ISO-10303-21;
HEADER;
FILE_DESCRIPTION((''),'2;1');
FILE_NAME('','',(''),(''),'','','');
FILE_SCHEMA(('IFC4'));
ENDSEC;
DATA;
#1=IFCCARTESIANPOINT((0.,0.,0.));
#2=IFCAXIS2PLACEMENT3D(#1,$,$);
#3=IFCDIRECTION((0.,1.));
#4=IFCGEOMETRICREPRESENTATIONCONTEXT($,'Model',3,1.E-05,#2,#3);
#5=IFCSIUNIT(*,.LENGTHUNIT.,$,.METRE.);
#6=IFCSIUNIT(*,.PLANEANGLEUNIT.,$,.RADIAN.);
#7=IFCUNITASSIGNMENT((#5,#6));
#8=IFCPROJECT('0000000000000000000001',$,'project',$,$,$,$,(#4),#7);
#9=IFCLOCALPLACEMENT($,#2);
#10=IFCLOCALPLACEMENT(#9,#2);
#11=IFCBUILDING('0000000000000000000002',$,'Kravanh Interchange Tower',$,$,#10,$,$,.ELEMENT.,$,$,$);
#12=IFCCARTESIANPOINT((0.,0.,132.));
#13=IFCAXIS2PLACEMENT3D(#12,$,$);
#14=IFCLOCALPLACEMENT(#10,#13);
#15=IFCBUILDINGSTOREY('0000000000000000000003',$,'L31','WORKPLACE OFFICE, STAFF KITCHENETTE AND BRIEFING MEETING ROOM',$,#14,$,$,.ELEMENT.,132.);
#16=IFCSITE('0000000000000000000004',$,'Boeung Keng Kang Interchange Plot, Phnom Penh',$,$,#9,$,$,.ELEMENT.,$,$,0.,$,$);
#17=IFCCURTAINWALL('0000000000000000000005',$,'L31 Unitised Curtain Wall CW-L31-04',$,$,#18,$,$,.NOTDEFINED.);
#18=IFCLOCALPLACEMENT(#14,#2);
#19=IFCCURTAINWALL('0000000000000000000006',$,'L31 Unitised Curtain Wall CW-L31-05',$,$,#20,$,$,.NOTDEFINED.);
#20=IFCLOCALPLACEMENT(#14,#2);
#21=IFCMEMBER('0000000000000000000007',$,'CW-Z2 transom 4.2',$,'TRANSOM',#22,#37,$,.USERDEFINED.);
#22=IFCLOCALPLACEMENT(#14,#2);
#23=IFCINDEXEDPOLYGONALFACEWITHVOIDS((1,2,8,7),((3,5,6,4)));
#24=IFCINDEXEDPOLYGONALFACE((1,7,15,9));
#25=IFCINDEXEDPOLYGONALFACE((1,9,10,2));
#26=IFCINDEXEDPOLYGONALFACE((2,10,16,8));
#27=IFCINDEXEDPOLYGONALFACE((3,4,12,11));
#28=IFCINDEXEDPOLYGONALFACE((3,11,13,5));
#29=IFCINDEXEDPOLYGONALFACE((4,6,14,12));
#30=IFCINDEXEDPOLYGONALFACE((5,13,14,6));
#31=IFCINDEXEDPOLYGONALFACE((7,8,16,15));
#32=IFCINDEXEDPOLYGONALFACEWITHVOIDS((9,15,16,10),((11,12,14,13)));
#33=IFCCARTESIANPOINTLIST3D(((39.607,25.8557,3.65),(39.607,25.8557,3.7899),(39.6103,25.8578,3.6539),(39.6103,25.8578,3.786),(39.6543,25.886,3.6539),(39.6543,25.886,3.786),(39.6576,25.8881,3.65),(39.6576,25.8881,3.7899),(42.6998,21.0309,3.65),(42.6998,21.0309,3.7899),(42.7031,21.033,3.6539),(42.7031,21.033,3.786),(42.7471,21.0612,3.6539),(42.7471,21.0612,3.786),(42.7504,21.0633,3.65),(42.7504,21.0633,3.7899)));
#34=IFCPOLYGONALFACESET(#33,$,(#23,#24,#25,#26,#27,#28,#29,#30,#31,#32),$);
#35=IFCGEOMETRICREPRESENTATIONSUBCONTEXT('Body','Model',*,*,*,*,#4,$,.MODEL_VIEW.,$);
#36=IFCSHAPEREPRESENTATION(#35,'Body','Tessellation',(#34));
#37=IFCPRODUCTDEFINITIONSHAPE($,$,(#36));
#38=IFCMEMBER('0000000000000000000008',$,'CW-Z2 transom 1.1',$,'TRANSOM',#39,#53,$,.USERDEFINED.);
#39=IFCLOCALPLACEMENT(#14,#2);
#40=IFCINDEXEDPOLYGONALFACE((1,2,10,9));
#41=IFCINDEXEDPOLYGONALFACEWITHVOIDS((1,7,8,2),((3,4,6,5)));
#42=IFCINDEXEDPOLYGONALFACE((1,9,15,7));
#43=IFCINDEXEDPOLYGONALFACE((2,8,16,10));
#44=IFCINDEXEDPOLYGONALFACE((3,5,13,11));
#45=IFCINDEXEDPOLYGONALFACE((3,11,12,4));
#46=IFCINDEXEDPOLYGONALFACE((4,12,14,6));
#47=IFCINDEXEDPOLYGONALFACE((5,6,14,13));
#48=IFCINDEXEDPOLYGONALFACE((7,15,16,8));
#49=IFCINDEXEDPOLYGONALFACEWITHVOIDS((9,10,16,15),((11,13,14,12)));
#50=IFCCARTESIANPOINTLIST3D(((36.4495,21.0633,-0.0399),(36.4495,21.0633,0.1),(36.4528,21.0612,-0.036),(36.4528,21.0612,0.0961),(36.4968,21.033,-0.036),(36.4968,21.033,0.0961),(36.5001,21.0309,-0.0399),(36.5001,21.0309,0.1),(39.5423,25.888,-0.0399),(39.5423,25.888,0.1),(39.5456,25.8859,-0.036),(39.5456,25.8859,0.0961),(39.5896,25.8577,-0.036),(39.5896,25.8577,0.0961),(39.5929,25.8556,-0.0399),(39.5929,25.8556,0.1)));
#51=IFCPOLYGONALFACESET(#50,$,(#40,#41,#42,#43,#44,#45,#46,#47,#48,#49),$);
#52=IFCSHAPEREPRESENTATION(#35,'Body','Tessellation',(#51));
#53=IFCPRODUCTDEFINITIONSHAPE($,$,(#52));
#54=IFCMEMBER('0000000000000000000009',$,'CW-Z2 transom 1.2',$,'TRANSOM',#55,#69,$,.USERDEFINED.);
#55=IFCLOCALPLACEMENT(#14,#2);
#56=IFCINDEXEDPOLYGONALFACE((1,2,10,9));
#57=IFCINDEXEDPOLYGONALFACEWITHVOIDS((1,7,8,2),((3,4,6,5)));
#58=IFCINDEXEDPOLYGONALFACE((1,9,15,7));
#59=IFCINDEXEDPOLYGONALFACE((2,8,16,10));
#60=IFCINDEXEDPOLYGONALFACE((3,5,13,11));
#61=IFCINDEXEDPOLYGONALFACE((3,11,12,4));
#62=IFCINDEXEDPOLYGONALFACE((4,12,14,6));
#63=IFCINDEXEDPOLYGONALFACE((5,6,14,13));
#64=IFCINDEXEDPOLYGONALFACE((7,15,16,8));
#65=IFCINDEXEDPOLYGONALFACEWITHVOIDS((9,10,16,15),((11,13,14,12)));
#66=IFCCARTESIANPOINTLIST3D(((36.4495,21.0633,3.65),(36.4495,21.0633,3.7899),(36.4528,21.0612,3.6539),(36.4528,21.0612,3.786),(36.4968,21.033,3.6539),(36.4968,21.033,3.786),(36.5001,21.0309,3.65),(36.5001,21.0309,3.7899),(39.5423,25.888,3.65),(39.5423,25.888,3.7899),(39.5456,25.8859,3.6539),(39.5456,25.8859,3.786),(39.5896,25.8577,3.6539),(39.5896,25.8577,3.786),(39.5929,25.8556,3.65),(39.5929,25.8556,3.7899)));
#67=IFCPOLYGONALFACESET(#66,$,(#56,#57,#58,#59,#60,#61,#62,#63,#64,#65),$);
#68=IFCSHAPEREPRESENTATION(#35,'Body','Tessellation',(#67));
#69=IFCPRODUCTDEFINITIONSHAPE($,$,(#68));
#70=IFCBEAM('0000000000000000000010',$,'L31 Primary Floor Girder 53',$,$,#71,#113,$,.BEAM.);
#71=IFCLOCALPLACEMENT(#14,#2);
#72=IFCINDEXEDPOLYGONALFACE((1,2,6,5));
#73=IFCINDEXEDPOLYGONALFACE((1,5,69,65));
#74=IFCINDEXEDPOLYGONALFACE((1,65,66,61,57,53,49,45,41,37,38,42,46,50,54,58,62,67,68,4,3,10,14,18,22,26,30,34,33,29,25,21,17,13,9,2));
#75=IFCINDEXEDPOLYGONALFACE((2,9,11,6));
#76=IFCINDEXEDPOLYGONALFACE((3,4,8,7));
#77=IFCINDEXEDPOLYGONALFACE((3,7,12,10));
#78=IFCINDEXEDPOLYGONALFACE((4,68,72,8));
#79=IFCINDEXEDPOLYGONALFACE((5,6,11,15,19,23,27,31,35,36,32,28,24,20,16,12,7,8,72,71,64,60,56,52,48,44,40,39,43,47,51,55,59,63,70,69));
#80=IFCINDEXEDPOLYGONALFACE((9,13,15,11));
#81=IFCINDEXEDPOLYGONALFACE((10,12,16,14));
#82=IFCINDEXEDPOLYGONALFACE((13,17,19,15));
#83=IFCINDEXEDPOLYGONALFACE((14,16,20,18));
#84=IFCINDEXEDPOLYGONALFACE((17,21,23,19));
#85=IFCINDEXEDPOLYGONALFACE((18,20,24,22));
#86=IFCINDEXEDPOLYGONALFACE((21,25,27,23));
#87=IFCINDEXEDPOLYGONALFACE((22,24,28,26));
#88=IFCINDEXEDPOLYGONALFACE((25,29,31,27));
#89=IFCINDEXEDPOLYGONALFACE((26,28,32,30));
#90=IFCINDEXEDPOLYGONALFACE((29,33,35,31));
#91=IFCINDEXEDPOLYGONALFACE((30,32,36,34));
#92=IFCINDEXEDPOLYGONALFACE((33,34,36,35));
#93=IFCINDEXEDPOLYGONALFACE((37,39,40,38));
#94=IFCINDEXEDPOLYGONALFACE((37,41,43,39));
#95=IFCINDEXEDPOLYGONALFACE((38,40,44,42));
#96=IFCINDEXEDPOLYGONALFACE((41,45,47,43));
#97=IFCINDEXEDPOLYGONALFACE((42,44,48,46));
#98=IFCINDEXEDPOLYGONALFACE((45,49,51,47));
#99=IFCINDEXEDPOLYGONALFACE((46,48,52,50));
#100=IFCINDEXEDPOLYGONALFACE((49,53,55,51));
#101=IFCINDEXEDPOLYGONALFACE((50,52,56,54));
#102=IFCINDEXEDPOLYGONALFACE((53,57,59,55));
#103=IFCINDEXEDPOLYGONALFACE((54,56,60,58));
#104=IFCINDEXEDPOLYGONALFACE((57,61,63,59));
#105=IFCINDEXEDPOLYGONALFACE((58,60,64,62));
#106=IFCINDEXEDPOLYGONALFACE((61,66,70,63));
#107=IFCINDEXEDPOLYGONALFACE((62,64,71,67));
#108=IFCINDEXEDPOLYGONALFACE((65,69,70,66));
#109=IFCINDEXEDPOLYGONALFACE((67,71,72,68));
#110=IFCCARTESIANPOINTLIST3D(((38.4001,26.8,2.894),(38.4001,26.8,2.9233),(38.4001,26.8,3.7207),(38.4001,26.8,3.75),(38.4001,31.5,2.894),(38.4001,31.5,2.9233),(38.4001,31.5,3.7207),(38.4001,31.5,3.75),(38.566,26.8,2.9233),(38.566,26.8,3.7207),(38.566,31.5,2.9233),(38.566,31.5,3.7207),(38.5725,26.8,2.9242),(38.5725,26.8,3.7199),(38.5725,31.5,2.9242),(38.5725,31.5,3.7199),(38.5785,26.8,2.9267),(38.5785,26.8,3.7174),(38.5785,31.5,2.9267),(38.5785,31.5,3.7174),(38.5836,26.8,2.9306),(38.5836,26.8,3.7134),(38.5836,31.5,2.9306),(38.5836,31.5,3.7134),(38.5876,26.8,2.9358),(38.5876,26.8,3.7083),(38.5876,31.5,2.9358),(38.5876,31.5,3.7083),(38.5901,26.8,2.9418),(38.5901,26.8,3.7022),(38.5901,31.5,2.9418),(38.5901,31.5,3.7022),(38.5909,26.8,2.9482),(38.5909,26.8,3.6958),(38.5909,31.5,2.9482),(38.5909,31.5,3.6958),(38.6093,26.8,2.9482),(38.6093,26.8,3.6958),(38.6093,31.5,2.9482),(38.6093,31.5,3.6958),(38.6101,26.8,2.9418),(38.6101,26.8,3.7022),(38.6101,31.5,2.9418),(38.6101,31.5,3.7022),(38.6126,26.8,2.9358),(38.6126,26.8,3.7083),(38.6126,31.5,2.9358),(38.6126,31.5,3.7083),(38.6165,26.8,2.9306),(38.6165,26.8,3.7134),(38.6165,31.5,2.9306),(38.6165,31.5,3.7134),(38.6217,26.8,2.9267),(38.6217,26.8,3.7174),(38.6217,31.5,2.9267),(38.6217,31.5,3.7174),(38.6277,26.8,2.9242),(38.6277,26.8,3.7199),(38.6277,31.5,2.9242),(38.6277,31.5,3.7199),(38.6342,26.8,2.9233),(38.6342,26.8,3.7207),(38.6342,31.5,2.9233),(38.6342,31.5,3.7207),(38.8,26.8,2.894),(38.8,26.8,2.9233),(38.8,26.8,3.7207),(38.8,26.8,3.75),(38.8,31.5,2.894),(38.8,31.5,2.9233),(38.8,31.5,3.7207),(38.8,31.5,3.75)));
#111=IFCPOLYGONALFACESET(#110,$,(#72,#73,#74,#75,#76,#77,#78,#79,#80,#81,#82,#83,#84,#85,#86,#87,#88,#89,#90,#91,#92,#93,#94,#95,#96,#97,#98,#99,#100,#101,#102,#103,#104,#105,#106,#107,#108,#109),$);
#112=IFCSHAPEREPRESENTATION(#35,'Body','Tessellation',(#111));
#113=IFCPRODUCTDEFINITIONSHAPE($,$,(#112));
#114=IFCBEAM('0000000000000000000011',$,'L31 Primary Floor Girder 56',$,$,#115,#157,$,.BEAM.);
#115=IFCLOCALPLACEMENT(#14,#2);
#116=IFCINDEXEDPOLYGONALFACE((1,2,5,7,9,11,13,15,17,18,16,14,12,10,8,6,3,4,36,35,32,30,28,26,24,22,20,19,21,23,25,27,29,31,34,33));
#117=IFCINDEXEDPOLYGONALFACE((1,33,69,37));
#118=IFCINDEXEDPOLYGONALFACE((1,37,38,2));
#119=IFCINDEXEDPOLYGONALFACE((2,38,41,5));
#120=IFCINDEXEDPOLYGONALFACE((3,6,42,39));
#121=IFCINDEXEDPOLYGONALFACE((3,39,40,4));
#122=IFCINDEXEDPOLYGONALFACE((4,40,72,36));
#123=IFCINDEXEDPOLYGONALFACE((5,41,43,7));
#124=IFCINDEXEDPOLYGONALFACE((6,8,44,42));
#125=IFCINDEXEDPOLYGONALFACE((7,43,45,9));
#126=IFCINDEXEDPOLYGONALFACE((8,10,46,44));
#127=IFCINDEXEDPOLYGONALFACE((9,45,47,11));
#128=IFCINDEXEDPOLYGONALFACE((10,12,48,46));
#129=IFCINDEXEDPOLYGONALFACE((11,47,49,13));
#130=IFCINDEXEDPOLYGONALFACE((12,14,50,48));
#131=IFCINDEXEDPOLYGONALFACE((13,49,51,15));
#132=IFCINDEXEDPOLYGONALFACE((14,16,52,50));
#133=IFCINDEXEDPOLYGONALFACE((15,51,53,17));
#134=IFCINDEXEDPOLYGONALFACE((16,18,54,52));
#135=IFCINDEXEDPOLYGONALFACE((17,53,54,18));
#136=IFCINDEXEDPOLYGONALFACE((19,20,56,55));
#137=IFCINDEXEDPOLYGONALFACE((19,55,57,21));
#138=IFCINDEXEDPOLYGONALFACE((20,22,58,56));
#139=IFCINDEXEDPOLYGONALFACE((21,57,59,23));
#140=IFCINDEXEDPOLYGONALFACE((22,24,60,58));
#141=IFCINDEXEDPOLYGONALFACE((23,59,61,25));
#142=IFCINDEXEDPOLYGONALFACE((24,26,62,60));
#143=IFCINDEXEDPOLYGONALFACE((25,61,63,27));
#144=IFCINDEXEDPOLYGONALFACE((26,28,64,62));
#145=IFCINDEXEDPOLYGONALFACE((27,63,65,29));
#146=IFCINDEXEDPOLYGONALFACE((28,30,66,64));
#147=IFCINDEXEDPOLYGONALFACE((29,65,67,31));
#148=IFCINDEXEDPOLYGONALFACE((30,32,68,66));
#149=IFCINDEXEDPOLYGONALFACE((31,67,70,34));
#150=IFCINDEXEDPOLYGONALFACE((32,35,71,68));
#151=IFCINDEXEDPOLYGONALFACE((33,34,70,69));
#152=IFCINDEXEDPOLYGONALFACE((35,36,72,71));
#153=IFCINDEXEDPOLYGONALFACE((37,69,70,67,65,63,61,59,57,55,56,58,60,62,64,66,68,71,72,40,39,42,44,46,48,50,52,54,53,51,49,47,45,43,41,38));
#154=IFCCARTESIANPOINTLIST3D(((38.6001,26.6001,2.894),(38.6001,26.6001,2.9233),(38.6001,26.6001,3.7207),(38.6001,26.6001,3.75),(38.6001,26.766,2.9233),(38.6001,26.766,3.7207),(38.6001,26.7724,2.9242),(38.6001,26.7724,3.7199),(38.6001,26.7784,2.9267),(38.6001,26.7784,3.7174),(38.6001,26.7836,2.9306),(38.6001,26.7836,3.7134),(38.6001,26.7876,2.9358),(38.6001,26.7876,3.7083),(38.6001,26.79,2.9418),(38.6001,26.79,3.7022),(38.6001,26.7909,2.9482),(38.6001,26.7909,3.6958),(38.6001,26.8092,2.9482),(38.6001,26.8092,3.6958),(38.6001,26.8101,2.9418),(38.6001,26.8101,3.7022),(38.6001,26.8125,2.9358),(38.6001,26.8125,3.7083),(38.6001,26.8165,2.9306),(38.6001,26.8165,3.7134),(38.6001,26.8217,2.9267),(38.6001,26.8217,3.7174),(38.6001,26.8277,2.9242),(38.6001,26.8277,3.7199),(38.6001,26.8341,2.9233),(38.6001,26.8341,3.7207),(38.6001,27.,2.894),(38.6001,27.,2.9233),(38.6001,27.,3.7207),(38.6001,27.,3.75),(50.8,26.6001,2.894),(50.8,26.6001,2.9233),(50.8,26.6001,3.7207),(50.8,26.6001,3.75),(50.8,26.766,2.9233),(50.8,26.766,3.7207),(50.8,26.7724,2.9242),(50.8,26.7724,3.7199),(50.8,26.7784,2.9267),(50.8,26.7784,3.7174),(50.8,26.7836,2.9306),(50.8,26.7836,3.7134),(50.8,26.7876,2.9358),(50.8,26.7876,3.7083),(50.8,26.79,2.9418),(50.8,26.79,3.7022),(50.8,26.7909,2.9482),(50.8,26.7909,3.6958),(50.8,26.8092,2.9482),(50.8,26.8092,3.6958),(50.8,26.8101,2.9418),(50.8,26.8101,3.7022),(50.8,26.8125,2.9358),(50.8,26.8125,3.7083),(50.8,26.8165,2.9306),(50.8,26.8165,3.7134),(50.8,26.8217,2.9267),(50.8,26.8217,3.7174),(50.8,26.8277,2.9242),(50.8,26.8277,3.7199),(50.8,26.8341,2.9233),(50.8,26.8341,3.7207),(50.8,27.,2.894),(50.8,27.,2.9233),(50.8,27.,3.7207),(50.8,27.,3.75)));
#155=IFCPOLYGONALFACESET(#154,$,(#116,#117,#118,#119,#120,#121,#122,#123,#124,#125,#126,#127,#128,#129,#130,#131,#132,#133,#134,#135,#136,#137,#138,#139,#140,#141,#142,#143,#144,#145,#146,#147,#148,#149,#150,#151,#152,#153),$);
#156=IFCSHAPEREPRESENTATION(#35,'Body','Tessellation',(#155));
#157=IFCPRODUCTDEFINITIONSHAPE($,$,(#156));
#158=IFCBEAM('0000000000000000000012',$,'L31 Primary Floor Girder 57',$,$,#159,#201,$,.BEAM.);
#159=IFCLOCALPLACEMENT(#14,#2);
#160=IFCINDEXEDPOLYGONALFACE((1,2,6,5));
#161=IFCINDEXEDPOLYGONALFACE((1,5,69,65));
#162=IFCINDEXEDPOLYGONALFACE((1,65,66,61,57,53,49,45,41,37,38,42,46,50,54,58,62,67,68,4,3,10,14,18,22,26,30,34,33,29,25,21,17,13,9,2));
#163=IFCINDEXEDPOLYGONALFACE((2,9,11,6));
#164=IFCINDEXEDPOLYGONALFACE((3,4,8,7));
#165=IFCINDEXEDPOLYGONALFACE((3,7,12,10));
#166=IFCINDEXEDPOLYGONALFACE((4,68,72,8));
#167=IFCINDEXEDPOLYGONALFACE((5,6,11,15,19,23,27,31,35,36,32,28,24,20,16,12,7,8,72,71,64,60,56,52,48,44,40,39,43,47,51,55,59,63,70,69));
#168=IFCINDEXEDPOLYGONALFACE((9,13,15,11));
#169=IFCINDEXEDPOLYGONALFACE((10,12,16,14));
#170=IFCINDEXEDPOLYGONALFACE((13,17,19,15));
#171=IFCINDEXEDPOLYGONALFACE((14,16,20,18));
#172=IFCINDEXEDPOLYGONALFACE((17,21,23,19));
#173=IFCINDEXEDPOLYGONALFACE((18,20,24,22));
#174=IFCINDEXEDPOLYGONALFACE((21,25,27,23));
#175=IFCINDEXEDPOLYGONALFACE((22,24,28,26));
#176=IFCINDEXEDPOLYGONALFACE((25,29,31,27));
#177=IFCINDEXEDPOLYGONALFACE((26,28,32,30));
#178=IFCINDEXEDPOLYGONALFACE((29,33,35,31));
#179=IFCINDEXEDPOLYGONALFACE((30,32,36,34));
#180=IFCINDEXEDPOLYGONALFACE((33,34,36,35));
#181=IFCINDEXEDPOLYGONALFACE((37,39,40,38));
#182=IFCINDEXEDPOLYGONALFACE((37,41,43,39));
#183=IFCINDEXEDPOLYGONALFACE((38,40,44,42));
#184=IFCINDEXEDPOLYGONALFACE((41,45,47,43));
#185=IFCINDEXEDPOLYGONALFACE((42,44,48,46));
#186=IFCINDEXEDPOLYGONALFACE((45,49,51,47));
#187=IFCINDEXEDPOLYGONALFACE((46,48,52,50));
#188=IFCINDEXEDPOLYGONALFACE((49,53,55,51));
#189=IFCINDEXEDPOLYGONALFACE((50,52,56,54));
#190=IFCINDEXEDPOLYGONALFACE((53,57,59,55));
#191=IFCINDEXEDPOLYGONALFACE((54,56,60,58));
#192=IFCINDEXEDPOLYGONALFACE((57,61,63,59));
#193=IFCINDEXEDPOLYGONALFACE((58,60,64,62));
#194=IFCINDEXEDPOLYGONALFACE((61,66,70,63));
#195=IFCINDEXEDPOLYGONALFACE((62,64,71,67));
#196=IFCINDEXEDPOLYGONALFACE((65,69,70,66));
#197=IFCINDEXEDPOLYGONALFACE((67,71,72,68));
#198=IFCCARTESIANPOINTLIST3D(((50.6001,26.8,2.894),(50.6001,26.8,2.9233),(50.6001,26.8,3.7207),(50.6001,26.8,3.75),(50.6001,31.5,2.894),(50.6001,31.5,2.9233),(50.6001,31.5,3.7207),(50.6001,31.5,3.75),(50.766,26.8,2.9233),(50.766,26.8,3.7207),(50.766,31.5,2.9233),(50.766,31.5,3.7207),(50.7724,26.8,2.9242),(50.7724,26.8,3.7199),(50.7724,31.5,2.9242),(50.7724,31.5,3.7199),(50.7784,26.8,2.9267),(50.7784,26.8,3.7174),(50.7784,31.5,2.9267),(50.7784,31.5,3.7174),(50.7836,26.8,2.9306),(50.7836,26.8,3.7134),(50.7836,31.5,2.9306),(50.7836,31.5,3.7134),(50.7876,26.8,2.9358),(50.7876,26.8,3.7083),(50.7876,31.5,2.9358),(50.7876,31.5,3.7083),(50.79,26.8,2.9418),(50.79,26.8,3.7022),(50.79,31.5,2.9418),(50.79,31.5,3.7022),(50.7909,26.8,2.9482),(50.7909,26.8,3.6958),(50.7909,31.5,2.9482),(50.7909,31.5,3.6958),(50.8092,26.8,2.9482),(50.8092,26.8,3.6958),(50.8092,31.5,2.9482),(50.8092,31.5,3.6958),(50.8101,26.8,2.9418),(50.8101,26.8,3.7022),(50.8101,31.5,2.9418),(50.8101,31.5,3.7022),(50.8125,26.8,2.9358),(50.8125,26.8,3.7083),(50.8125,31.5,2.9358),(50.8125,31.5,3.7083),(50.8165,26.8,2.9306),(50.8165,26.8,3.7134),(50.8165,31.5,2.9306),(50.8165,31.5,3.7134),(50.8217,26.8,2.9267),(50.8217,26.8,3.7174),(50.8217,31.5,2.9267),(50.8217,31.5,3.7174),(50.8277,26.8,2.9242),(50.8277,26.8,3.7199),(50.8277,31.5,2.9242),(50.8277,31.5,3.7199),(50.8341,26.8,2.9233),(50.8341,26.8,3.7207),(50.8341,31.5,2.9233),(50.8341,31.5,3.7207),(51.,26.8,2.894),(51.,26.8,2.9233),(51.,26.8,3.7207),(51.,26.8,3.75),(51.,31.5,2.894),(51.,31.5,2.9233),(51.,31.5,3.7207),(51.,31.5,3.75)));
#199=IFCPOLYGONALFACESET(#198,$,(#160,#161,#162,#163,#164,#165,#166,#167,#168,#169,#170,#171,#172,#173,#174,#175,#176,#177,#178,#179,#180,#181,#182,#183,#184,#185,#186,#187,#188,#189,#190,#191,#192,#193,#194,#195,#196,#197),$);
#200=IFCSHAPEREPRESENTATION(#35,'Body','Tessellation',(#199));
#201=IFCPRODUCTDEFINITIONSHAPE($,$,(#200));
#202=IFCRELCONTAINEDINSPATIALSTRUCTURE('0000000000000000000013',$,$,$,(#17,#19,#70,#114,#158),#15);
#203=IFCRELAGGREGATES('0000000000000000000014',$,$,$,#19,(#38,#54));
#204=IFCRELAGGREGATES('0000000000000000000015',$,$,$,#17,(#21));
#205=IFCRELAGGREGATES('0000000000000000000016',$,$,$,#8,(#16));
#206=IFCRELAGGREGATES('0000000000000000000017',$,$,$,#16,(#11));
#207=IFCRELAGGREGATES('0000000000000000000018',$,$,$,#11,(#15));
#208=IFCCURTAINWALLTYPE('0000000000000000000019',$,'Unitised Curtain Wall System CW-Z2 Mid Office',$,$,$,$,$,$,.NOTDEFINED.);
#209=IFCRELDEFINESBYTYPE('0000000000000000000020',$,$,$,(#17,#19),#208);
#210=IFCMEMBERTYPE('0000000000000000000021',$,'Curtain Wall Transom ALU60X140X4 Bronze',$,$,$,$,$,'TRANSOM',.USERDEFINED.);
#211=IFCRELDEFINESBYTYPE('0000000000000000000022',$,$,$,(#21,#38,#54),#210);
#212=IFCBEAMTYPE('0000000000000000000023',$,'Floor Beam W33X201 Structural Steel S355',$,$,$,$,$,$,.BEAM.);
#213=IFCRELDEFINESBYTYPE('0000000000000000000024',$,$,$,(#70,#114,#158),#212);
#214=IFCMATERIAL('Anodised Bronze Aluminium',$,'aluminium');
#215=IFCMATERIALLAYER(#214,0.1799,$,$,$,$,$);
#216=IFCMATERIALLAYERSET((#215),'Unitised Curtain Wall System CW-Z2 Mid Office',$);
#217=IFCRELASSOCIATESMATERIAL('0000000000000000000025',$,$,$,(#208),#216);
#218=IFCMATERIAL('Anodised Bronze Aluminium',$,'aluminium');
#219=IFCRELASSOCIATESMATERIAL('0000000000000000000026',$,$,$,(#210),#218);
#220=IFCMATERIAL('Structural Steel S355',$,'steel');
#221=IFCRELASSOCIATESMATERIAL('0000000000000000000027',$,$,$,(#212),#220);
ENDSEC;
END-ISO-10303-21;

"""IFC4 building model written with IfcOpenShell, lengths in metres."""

from ifc_helpers import new_model, si_unit, direction, frame, origin, origin_2d, place, context, subcontext, project, spatial, hollow_rectangle, i_section, extrude, material, layer, layer_set, material_profile, profile_set, type_object, element, aggregate, save


model = new_model("IFC4")

# Units and contexts
model_context = context("Model", 3, precision=1e-05, world=origin(), true_north=direction((0.0, 1.0)))
body_context = subcontext(model_context, "Body", "Model", "MODEL_VIEW")
ifc_project = project(units=[si_unit("LENGTHUNIT", "METRE"), si_unit("PLANEANGLEUNIT", "RADIAN")], contexts=[model_context])

# Site, building, storey
site_placement = place(None, origin())
site = spatial("IfcSite", under=ifc_project, at=site_placement, Name="Boeung Keng Kang Interchange Plot, Phnom Penh", CompositionType="ELEMENT", RefElevation=0.0)
building_placement = place(site_placement, origin())
building = spatial("IfcBuilding", under=site, at=building_placement, Name="Kravanh Interchange Tower", CompositionType="ELEMENT")
storey_placement = place(building_placement, frame((0.0, 0.0, 132.0)))
storey = spatial("IfcBuildingStorey", under=building, at=storey_placement, Name="L31", Description="WORKPLACE OFFICE, STAFF KITCHENETTE AND BRIEFING MEETING ROOM", CompositionType="ELEMENT", Elevation=132.0)

# Curtain wall
ifc_material_1 = material(Name="Anodised Bronze Aluminium", Category="aluminium")
ifc_layer_1 = layer(ifc_material_1, 0.1799)
ifc_layer_set_1 = layer_set([ifc_layer_1], Name="Unitised Curtain Wall System CW-Z2 Mid Office")
curtain_wall_type = type_object("IfcCurtainWallType", Name="Unitised Curtain Wall System CW-Z2 Mid Office", PredefinedType="NOTDEFINED", material=ifc_layer_set_1)
curtain_wall_1_placement = place(storey_placement, origin())
curtain_wall_1 = element("IfcCurtainWall", 1, at=curtain_wall_1_placement, inside=storey, type_object=curtain_wall_type, Name="L31 Unitised Curtain Wall CW-L31-04", PredefinedType="NOTDEFINED")

# Curtain wall
curtain_wall_2_placement = place(storey_placement, origin())
curtain_wall_2 = element("IfcCurtainWall", 2, at=curtain_wall_2_placement, inside=storey, type_object=curtain_wall_type, Name="L31 Unitised Curtain Wall CW-L31-05", PredefinedType="NOTDEFINED")

# Members
ifc_material_2 = material(Name="Anodised Bronze Aluminium", Category="aluminium")
ifc_material_profile_1 = material_profile(ifc_material_2, hollow_rectangle(XDim=0.0601, YDim=0.1399, WallThickness=0.0039, at=origin_2d()), Name="ALU60X140X4")
ifc_profile_set_1 = profile_set([ifc_material_profile_1], Name="Anodised Bronze Aluminium")
member_type_1 = type_object("IfcMemberType", Name="Curtain Wall Transom ALU60X140X4 Bronze", ElementType="TRANSOM", PredefinedType="USERDEFINED", material=ifc_profile_set_1)
member_1_placement = place(storey_placement, frame((42.7251, 21.0471, 3.72), z_axis=(-0.539668, 0.841878, 0.0), x_axis=(-0.841878, -0.539668, 0.0)))
member_1 = element("IfcMember", 3, at=member_1_placement, type_object=member_type_1, Name="CW-Z2 transom 4.2", ObjectType="TRANSOM", PredefinedType="USERDEFINED", context=body_context, shape_type="SweptSolid", body=[
    extrude(hollow_rectangle(XDim=0.0601, YDim=0.1399, WallThickness=0.0039, at=origin_2d()), origin(), (0.0, 0.0, 1.0), 5.731),
])
member_2_placement = place(storey_placement, frame((39.5676, 25.8718, 0.03), z_axis=(-0.539668, -0.841878, 0.0), x_axis=(0.841878, -0.539668, 0.0)))
member_2 = element("IfcMember", 4, at=member_2_placement, type_object=member_type_1, Name="CW-Z2 transom 1.1", ObjectType="TRANSOM", PredefinedType="USERDEFINED", context=body_context, shape_type="SweptSolid", body=[
    extrude(hollow_rectangle(XDim=0.0601, YDim=0.1399, WallThickness=0.0039, at=origin_2d()), origin(), (0.0, 0.0, 1.0), 5.731),
])
member_3_placement = place(storey_placement, frame((39.5676, 25.8718, 3.72), z_axis=(-0.539668, -0.841878, 0.0), x_axis=(0.841878, -0.539668, 0.0)))
member_3 = element("IfcMember", 5, at=member_3_placement, type_object=member_type_1, Name="CW-Z2 transom 1.2", ObjectType="TRANSOM", PredefinedType="USERDEFINED", context=body_context, shape_type="SweptSolid", body=[
    extrude(hollow_rectangle(XDim=0.0601, YDim=0.1399, WallThickness=0.0039, at=origin_2d()), origin(), (0.0, 0.0, 1.0), 5.731),
])
aggregate(curtain_wall_2, [member_2, member_3])

# Beams
ifc_material_3 = material(Name="Structural Steel S355", Category="steel")
ifc_material_profile_2 = material_profile(ifc_material_3, i_section(OverallWidth=0.3999, OverallDepth=0.856, WebThickness=0.0183, FlangeThickness=0.0293, FilletRadius=0.0249, at=origin_2d()), Name="W33X201")
ifc_profile_set_2 = profile_set([ifc_material_profile_2], Name="Structural Steel S355")
beam_type_1 = type_object("IfcBeamType", Name="Floor Beam W33X201 Structural Steel S355", PredefinedType="BEAM", material=ifc_profile_set_2)
beam_1_placement = place(storey_placement, frame((38.6001, 26.8, 3.322), z_axis=(0.0, 1.0, 0.0), x_axis=(-1.0, 0.0, 0.0)))
element("IfcBeam", 6, at=beam_1_placement, inside=storey, type_object=beam_type_1, Name="L31 Primary Floor Girder 53", PredefinedType="BEAM", context=body_context, shape_type="SweptSolid", body=[
    extrude(i_section(OverallWidth=0.3999, OverallDepth=0.856, WebThickness=0.0183, FlangeThickness=0.0293, FilletRadius=0.0249, at=origin_2d()), origin(), (0.0, 0.0, 1.0), 4.7),
])
beam_2_placement = place(storey_placement, frame((38.6001, 26.8, 3.322), z_axis=(1.0, 0.0, 0.0), x_axis=(0.0, 1.0, 0.0)))
element("IfcBeam", 7, at=beam_2_placement, inside=storey, type_object=beam_type_1, Name="L31 Primary Floor Girder 56", PredefinedType="BEAM", context=body_context, shape_type="SweptSolid", body=[
    extrude(i_section(OverallWidth=0.3999, OverallDepth=0.856, WebThickness=0.0183, FlangeThickness=0.0293, FilletRadius=0.0249, at=origin_2d()), origin(), (0.0, 0.0, 1.0), 12.2),
])
beam_3_placement = place(storey_placement, frame((50.8, 26.8, 3.322), z_axis=(0.0, 1.0, 0.0), x_axis=(-1.0, 0.0, 0.0)))
element("IfcBeam", 8, at=beam_3_placement, inside=storey, type_object=beam_type_1, Name="L31 Primary Floor Girder 57", PredefinedType="BEAM", context=body_context, shape_type="SweptSolid", body=[
    extrude(i_section(OverallWidth=0.3999, OverallDepth=0.856, WebThickness=0.0183, FlangeThickness=0.0293, FilletRadius=0.0249, at=origin_2d()), origin(), (0.0, 0.0, 1.0), 4.7),
])

aggregate(curtain_wall_1, [member_1])

save(model, "model.ifc")
